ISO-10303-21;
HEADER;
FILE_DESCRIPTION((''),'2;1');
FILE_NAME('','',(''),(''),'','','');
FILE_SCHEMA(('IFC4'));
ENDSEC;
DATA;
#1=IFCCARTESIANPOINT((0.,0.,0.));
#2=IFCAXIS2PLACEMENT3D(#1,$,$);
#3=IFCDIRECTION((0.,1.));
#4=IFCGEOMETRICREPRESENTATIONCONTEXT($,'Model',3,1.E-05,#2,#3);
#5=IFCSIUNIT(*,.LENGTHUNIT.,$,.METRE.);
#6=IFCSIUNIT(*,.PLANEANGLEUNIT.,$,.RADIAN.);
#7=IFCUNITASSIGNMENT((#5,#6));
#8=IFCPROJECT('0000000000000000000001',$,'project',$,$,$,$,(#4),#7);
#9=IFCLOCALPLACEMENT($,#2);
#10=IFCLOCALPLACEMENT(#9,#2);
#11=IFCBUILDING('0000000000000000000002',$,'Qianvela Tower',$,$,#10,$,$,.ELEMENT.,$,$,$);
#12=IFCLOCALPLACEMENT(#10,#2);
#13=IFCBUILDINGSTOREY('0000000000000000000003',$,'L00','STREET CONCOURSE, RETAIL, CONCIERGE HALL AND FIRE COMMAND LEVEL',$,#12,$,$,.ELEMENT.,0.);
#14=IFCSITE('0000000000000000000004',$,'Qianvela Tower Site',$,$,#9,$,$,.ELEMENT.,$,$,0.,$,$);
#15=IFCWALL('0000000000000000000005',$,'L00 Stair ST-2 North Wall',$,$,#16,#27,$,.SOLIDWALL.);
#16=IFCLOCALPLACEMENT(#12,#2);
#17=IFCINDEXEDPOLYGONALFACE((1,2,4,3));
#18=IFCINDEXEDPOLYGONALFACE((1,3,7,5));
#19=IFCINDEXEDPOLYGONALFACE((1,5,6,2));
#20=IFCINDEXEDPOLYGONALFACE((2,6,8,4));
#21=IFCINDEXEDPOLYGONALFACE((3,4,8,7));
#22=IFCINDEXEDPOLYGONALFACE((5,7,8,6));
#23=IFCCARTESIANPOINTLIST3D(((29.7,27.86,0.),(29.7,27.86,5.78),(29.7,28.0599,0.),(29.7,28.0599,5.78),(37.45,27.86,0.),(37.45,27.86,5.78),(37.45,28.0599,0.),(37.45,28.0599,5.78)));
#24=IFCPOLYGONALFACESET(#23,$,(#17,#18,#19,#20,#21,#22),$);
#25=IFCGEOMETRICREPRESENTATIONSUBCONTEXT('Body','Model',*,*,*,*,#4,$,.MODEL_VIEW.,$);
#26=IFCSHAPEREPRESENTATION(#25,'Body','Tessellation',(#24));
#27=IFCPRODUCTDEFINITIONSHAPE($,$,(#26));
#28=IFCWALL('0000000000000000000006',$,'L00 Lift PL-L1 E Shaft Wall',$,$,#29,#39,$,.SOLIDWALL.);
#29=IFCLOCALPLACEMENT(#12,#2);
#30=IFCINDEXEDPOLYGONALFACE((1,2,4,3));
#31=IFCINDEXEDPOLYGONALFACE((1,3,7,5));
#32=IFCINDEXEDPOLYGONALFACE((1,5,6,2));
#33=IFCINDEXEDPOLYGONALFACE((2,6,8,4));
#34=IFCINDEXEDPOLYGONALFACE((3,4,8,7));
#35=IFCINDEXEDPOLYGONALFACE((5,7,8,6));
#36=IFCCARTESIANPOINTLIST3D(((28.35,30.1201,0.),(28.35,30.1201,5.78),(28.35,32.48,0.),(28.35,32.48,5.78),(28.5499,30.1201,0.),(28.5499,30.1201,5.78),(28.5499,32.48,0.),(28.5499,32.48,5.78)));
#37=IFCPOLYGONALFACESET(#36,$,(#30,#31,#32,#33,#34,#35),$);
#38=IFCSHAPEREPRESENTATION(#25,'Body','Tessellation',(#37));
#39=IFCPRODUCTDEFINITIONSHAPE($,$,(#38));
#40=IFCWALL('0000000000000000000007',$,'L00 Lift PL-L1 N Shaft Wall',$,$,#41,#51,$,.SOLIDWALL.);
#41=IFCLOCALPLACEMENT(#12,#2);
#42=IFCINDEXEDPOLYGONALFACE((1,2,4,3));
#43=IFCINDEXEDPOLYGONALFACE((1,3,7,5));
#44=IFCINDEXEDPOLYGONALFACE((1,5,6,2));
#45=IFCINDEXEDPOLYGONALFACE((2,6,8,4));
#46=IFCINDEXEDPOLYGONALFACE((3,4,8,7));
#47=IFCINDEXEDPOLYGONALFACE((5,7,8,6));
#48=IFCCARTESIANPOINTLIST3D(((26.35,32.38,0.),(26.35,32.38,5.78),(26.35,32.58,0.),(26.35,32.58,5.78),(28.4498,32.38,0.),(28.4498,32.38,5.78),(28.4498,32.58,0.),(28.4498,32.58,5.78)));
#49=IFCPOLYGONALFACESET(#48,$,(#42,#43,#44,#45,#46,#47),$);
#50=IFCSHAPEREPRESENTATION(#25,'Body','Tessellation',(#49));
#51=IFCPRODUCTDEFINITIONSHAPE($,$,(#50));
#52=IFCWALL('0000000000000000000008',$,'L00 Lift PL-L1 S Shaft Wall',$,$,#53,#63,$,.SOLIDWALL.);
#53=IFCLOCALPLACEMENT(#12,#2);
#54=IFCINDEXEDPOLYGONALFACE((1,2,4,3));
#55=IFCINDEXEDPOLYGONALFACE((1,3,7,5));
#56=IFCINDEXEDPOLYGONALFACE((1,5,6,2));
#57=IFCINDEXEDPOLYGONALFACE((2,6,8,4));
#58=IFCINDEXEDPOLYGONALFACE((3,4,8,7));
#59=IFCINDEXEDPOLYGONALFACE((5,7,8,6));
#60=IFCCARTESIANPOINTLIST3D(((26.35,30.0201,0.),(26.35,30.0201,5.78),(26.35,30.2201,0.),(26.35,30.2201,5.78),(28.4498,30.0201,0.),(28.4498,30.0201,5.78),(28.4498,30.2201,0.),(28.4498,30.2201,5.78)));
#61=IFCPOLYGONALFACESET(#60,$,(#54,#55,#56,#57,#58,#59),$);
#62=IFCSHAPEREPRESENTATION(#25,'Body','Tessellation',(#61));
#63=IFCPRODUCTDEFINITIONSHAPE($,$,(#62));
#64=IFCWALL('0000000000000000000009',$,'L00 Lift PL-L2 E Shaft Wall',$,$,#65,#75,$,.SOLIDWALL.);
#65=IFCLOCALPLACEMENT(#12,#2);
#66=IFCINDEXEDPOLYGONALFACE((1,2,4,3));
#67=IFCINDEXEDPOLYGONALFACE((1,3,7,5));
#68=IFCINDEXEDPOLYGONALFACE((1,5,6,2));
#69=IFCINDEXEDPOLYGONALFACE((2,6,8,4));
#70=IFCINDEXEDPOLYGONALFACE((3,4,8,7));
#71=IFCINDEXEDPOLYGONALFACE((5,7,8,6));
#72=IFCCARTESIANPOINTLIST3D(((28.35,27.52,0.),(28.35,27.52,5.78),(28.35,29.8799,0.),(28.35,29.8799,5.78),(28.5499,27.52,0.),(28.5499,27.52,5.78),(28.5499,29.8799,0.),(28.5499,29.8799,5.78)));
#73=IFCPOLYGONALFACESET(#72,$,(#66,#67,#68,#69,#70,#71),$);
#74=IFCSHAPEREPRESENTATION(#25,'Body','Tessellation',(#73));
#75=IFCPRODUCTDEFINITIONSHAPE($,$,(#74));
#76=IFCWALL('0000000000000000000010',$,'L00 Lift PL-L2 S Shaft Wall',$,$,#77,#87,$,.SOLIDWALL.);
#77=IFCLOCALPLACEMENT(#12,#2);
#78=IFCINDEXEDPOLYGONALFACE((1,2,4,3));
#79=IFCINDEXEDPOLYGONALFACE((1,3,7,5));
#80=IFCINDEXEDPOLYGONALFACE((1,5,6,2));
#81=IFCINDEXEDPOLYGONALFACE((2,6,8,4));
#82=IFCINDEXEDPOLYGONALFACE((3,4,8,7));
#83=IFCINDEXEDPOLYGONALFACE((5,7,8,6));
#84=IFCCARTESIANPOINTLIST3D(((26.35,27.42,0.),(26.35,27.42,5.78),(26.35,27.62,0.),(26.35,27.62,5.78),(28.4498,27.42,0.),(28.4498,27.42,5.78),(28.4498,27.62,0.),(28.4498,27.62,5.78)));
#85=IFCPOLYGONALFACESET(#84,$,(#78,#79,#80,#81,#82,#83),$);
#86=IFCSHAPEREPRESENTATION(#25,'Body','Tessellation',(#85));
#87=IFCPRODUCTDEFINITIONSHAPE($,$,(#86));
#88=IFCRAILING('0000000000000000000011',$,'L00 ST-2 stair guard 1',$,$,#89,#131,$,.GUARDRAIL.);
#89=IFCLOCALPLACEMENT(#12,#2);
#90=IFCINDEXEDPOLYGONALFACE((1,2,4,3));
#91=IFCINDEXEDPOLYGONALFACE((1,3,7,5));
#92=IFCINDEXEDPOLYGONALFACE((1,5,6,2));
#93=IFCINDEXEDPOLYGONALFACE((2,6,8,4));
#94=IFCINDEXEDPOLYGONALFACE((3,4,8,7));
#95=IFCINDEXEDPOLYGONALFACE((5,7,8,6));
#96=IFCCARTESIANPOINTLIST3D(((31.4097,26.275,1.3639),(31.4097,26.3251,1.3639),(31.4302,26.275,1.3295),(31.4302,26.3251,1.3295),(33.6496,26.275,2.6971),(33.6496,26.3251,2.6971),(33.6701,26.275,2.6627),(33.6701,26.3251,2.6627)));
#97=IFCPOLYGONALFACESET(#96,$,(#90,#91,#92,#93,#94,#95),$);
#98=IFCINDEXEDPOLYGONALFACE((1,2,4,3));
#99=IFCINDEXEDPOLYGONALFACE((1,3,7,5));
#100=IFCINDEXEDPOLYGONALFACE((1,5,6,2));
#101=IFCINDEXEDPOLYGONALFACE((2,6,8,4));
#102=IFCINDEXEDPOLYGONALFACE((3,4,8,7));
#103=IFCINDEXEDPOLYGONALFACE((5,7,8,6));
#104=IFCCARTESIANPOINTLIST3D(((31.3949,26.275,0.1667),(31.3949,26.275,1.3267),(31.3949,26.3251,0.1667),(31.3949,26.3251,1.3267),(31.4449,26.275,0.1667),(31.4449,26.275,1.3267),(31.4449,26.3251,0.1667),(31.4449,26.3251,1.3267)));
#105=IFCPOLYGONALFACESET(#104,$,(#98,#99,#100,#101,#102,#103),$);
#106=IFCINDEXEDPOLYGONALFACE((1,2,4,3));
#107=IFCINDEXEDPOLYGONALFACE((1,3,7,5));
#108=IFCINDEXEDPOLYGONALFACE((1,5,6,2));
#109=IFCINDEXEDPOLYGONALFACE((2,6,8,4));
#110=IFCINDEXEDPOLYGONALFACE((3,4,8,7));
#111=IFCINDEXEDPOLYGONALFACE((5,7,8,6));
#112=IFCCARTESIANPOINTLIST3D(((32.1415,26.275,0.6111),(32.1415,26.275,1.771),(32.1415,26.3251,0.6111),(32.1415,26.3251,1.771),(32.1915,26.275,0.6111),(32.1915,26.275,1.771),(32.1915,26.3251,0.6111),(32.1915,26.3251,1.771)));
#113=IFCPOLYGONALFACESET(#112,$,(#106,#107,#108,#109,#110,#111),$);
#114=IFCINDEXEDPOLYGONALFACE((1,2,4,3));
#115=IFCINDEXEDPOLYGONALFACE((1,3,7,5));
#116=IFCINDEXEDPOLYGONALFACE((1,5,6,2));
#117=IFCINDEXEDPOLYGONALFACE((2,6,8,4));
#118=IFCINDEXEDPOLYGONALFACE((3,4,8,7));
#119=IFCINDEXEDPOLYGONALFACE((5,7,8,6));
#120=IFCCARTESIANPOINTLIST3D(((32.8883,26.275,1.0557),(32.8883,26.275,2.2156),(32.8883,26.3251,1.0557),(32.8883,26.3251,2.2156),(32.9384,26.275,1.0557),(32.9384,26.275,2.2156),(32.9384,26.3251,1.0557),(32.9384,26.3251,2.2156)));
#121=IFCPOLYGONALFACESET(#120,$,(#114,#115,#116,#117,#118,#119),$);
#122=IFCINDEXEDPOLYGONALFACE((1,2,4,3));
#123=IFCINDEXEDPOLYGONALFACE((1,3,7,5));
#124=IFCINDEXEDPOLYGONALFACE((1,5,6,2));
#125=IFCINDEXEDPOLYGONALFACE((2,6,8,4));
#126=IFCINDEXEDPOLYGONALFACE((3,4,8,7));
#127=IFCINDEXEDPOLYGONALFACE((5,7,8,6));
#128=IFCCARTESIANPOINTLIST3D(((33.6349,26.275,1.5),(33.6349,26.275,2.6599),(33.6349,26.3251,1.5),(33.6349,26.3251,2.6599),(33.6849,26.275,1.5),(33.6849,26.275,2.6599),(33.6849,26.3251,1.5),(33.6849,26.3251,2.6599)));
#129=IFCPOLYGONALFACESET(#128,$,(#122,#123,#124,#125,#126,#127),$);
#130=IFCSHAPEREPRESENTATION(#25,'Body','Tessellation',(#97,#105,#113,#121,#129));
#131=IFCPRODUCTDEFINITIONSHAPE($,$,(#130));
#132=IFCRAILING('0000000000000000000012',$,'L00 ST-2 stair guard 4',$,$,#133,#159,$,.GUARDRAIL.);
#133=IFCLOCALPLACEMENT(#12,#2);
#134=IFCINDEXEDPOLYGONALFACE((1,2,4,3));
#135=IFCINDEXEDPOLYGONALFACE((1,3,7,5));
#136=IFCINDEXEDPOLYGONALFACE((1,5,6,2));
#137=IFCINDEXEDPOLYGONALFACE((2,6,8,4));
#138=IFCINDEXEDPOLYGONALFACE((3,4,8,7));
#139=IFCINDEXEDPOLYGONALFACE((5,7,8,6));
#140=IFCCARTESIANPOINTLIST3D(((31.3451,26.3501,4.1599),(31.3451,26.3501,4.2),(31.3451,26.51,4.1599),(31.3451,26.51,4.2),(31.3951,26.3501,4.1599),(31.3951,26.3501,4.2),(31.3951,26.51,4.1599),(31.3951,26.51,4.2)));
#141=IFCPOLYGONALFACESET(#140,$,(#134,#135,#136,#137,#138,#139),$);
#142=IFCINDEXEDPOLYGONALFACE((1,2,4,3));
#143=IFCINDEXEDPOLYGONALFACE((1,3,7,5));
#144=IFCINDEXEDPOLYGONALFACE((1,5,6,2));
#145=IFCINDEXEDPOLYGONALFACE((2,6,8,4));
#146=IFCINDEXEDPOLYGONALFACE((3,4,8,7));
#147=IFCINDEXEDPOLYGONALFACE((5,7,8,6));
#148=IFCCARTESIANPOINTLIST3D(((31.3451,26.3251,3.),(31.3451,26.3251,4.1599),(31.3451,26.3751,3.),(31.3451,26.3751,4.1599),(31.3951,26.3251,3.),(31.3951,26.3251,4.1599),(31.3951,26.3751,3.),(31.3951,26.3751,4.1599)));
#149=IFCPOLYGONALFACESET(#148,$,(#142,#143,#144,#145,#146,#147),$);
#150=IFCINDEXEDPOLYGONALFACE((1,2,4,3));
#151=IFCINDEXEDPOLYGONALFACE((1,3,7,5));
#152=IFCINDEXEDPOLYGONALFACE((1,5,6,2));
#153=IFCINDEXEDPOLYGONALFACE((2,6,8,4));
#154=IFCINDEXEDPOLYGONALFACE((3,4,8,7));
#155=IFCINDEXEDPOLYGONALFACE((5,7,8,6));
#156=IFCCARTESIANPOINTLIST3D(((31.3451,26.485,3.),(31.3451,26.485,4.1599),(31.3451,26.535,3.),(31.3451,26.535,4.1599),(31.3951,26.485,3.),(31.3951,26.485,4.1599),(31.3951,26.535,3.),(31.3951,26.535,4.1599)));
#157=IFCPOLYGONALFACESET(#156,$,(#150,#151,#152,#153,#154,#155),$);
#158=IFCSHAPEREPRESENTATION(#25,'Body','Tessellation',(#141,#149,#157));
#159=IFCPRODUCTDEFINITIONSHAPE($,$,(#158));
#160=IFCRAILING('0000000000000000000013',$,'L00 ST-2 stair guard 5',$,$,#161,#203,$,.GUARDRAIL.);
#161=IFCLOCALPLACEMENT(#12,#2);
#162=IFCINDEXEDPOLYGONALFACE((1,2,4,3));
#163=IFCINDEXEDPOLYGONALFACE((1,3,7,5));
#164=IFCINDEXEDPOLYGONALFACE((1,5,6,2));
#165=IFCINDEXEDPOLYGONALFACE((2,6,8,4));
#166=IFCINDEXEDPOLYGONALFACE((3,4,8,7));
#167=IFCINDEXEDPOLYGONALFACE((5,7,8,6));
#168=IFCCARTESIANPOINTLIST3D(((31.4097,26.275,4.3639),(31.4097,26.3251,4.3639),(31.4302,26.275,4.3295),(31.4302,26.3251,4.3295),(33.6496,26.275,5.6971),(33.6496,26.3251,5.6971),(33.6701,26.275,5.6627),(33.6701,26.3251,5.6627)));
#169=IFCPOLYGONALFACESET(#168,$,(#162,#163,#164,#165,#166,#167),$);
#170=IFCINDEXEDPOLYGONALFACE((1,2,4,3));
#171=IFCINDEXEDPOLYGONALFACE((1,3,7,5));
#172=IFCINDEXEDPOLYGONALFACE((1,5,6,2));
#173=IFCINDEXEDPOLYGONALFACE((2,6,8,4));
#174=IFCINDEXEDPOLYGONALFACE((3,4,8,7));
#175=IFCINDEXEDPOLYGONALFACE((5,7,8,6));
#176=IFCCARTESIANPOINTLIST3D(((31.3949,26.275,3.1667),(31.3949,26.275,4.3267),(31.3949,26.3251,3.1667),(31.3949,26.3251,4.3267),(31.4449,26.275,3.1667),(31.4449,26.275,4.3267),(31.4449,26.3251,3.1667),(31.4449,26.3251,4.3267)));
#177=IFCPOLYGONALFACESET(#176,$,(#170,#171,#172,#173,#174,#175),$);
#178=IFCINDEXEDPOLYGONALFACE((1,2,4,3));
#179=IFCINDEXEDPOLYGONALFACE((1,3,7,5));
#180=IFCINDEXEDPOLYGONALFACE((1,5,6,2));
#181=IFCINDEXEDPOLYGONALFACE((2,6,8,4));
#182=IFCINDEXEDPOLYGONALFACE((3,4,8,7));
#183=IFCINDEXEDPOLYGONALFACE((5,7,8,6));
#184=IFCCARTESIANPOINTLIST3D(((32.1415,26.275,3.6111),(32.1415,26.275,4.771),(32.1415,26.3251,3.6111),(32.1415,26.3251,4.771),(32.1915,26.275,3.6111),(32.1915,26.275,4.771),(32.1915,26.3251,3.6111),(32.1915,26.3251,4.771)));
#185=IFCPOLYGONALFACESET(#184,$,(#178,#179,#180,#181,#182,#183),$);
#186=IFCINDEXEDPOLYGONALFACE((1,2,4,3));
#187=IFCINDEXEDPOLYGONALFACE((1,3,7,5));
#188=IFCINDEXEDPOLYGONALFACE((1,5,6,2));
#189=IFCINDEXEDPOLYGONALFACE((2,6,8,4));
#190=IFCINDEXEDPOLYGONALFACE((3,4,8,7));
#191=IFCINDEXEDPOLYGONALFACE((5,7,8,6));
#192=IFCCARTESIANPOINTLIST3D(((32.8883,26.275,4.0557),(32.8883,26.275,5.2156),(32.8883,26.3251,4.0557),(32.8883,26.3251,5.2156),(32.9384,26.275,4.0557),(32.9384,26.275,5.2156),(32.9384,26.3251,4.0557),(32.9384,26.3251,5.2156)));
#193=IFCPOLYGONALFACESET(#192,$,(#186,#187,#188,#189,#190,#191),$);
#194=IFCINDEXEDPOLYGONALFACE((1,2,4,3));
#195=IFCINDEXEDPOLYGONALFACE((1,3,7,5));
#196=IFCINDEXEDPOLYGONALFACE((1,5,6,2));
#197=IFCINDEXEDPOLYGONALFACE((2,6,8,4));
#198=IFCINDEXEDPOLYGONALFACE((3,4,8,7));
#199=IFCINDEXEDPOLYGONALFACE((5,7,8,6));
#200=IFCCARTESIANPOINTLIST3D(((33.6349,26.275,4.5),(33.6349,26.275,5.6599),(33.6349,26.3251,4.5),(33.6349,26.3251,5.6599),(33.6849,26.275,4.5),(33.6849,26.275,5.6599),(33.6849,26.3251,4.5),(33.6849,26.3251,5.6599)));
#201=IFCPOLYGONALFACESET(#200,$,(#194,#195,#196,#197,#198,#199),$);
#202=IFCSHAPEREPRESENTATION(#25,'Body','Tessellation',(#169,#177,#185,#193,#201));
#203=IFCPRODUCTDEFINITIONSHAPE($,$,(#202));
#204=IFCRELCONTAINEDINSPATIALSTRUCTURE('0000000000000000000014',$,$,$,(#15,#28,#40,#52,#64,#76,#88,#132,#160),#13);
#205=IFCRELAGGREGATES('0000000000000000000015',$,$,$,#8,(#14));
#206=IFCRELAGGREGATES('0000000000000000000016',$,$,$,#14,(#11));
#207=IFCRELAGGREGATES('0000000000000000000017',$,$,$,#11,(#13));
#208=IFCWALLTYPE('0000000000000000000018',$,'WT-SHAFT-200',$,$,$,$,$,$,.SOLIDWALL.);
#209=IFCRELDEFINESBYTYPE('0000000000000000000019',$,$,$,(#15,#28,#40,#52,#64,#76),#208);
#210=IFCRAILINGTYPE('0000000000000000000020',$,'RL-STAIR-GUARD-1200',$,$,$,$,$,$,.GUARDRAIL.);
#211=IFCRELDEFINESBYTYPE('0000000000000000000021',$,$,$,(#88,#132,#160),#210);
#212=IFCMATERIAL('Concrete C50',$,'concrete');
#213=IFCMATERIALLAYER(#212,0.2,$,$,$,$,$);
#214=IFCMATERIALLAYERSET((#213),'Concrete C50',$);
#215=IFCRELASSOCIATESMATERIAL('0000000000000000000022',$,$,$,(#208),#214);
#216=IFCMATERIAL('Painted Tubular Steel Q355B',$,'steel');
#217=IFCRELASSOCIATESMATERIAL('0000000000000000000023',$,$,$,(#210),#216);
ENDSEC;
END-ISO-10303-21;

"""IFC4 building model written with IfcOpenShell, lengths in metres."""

from ifc_helpers import new_model, si_unit, direction, frame, frame_2d, origin, origin_2d, place, context, subcontext, project, spatial, rectangle, extrude, material, layer, layer_set, type_object, element, save


model = new_model("IFC4")

# Units and contexts
model_context = context("Model", 3, precision=1e-05, world=origin(), true_north=direction((0.0, 1.0)))
body_context = subcontext(model_context, "Body", "Model", "MODEL_VIEW")
ifc_project = project(units=[si_unit("LENGTHUNIT", "METRE"), si_unit("PLANEANGLEUNIT", "RADIAN")], contexts=[model_context])

# Site, building, storey
site_placement = place(None, origin())
site = spatial("IfcSite", under=ifc_project, at=site_placement, Name="Qianvela Tower Site", CompositionType="ELEMENT", RefElevation=0.0)
building_placement = place(site_placement, origin())
building = spatial("IfcBuilding", under=site, at=building_placement, Name="Qianvela Tower", CompositionType="ELEMENT")
storey_placement = place(building_placement, origin())
storey = spatial("IfcBuildingStorey", under=building, at=storey_placement, Name="L00", Description="STREET CONCOURSE, RETAIL, CONCIERGE HALL AND FIRE COMMAND LEVEL", CompositionType="ELEMENT", Elevation=0.0)

# Walls
ifc_material_1 = material(Name="Concrete C50", Category="concrete")
ifc_layer_1 = layer(ifc_material_1, 0.2)
ifc_layer_set_1 = layer_set([ifc_layer_1], Name="Concrete C50")
wall_type_1 = type_object("IfcWallType", Name="WT-SHAFT-200", PredefinedType="SOLIDWALL", material=ifc_layer_set_1)
wall_1_placement = place(storey_placement, frame((29.7, 27.96, 0.0), z_axis=(0.0, 0.0, 1.0), x_axis=(1.0, 0.0, 0.0)))
element("IfcWall", 1, at=wall_1_placement, inside=storey, type_object=wall_type_1, Name="L00 Stair ST-2 North Wall", PredefinedType="SOLIDWALL", context=body_context, shape_type="SweptSolid", body=[
    extrude(rectangle(XDim=7.75, YDim=0.2, at=frame_2d((3.875, 0.0))), origin(), (0.0, 0.0, 1.0), 5.78),
])
wall_2_placement = place(storey_placement, frame((28.45, 30.1201, 0.0), z_axis=(0.0, 0.0, 1.0), x_axis=(0.0, 1.0, 0.0)))
element("IfcWall", 2, at=wall_2_placement, inside=storey, type_object=wall_type_1, Name="L00 Lift PL-L1 E Shaft Wall", PredefinedType="SOLIDWALL", context=body_context, shape_type="SweptSolid", body=[
    extrude(rectangle(XDim=2.3599, YDim=0.2, at=frame_2d((1.1799, 0.0))), origin(), (0.0, 0.0, 1.0), 5.78),
])

# Walls
for number, where, z_axis, x_axis, name in (
    (3, (26.3501, 32.48, 0.0), (0.0, 0.0, 1.0), (1.0, 0.0, 0.0), "L00 Lift PL-L1 N Shaft Wall"),
    (4, (26.3501, 30.1201, 0.0), (0.0, 0.0, 1.0), (1.0, 0.0, 0.0), "L00 Lift PL-L1 S Shaft Wall"),
):
    element("IfcWall", number, at=place(storey_placement, frame(where, z_axis=z_axis, x_axis=x_axis)), inside=storey, type_object=wall_type_1, Name=name, PredefinedType="SOLIDWALL", context=body_context, shape_type="SweptSolid", body=[
        extrude(rectangle(XDim=2.0999, YDim=0.2, at=frame_2d((1.0498, 0.0))), origin(), (0.0, 0.0, 1.0), 5.78),
    ])
wall_3_placement = place(storey_placement, frame((28.45, 27.52, 0.0), z_axis=(0.0, 0.0, 1.0), x_axis=(0.0, 1.0, 0.0)))
element("IfcWall", 5, at=wall_3_placement, inside=storey, type_object=wall_type_1, Name="L00 Lift PL-L2 E Shaft Wall", PredefinedType="SOLIDWALL", context=body_context, shape_type="SweptSolid", body=[
    extrude(rectangle(XDim=2.3599, YDim=0.2, at=frame_2d((1.1799, 0.0))), origin(), (0.0, 0.0, 1.0), 5.78),
])

# Wall
wall_4_placement = place(storey_placement, frame((26.3501, 27.52, 0.0), z_axis=(0.0, 0.0, 1.0), x_axis=(1.0, 0.0, 0.0)))
element("IfcWall", 6, at=wall_4_placement, inside=storey, type_object=wall_type_1, Name="L00 Lift PL-L2 S Shaft Wall", PredefinedType="SOLIDWALL", context=body_context, shape_type="SweptSolid", body=[
    extrude(rectangle(XDim=2.0999, YDim=0.2, at=frame_2d((1.0498, 0.0))), origin(), (0.0, 0.0, 1.0), 5.78),
])

# Railings
ifc_material_2 = material(Name="Painted Tubular Steel Q355B", Category="steel")
railing_type = type_object("IfcRailingType", Name="RL-STAIR-GUARD-1200", PredefinedType="GUARDRAIL", material=ifc_material_2)
railing_1_placement = place(storey_placement, frame((31.4199, 26.3, 0.1667)))
element("IfcRailing", 7, at=railing_1_placement, inside=storey, type_object=railing_type, Name="L00 ST-2 stair guard 1", PredefinedType="GUARDRAIL", context=body_context, shape_type="SweptSolid", body=[
    extrude(rectangle(XDim=0.05, YDim=0.04, at=origin_2d()), frame((0.0, 0.0, 1.1799), z_axis=(0.859306, 0.0, 0.511462), x_axis=(0.0, 1.0, 0.0)), (0.0, 0.0, 1.0), 2.6067),
    extrude(rectangle(XDim=0.05, YDim=0.05, at=origin_2d()), origin(), (0.0, 0.0, 1.0), 1.1599),
    extrude(rectangle(XDim=0.05, YDim=0.05, at=origin_2d()), frame((0.7466, 0.0, 0.4443)), (0.0, 0.0, 1.0), 1.1599),
    extrude(rectangle(XDim=0.05, YDim=0.05, at=origin_2d()), frame((1.4934, 0.0, 0.8889)), (0.0, 0.0, 1.0), 1.1599),
    extrude(rectangle(XDim=0.05, YDim=0.05, at=origin_2d()), frame((2.24, 0.0, 1.3333)), (0.0, 0.0, 1.0), 1.1599),
])
railing_2_placement = place(storey_placement, frame((31.3701, 26.3501, 3.0)))
element("IfcRailing", 8, at=railing_2_placement, inside=storey, type_object=railing_type, Name="L00 ST-2 stair guard 4", PredefinedType="GUARDRAIL", context=body_context, shape_type="SweptSolid", body=[
    extrude(rectangle(XDim=0.05, YDim=0.04, at=origin_2d()), frame((0.0, 0.0, 1.1799), z_axis=(0.0, 1.0, 0.0), x_axis=(-1.0, 0.0, 0.0)), (0.0, 0.0, 1.0), 0.1599),
    extrude(rectangle(XDim=0.05, YDim=0.05, at=origin_2d()), origin(), (0.0, 0.0, 1.0), 1.1599),
    extrude(rectangle(XDim=0.05, YDim=0.05, at=origin_2d()), frame((0.0, 0.1599, 0.0)), (0.0, 0.0, 1.0), 1.1599),
])
railing_3_placement = place(storey_placement, frame((31.4199, 26.3, 3.1667)))
element("IfcRailing", 9, at=railing_3_placement, inside=storey, type_object=railing_type, Name="L00 ST-2 stair guard 5", PredefinedType="GUARDRAIL", context=body_context, shape_type="SweptSolid", body=[
    extrude(rectangle(XDim=0.05, YDim=0.04, at=origin_2d()), frame((0.0, 0.0, 1.1799), z_axis=(0.859306, 0.0, 0.511462), x_axis=(0.0, 1.0, 0.0)), (0.0, 0.0, 1.0), 2.6067),
    extrude(rectangle(XDim=0.05, YDim=0.05, at=origin_2d()), origin(), (0.0, 0.0, 1.0), 1.1599),
    extrude(rectangle(XDim=0.05, YDim=0.05, at=origin_2d()), frame((0.7466, 0.0, 0.4443)), (0.0, 0.0, 1.0), 1.1599),
    extrude(rectangle(XDim=0.05, YDim=0.05, at=origin_2d()), frame((1.4934, 0.0, 0.8889)), (0.0, 0.0, 1.0), 1.1599),
    extrude(rectangle(XDim=0.05, YDim=0.05, at=origin_2d()), frame((2.24, 0.0, 1.3333)), (0.0, 0.0, 1.0), 1.1599),
])

save(model, "model.ifc")
